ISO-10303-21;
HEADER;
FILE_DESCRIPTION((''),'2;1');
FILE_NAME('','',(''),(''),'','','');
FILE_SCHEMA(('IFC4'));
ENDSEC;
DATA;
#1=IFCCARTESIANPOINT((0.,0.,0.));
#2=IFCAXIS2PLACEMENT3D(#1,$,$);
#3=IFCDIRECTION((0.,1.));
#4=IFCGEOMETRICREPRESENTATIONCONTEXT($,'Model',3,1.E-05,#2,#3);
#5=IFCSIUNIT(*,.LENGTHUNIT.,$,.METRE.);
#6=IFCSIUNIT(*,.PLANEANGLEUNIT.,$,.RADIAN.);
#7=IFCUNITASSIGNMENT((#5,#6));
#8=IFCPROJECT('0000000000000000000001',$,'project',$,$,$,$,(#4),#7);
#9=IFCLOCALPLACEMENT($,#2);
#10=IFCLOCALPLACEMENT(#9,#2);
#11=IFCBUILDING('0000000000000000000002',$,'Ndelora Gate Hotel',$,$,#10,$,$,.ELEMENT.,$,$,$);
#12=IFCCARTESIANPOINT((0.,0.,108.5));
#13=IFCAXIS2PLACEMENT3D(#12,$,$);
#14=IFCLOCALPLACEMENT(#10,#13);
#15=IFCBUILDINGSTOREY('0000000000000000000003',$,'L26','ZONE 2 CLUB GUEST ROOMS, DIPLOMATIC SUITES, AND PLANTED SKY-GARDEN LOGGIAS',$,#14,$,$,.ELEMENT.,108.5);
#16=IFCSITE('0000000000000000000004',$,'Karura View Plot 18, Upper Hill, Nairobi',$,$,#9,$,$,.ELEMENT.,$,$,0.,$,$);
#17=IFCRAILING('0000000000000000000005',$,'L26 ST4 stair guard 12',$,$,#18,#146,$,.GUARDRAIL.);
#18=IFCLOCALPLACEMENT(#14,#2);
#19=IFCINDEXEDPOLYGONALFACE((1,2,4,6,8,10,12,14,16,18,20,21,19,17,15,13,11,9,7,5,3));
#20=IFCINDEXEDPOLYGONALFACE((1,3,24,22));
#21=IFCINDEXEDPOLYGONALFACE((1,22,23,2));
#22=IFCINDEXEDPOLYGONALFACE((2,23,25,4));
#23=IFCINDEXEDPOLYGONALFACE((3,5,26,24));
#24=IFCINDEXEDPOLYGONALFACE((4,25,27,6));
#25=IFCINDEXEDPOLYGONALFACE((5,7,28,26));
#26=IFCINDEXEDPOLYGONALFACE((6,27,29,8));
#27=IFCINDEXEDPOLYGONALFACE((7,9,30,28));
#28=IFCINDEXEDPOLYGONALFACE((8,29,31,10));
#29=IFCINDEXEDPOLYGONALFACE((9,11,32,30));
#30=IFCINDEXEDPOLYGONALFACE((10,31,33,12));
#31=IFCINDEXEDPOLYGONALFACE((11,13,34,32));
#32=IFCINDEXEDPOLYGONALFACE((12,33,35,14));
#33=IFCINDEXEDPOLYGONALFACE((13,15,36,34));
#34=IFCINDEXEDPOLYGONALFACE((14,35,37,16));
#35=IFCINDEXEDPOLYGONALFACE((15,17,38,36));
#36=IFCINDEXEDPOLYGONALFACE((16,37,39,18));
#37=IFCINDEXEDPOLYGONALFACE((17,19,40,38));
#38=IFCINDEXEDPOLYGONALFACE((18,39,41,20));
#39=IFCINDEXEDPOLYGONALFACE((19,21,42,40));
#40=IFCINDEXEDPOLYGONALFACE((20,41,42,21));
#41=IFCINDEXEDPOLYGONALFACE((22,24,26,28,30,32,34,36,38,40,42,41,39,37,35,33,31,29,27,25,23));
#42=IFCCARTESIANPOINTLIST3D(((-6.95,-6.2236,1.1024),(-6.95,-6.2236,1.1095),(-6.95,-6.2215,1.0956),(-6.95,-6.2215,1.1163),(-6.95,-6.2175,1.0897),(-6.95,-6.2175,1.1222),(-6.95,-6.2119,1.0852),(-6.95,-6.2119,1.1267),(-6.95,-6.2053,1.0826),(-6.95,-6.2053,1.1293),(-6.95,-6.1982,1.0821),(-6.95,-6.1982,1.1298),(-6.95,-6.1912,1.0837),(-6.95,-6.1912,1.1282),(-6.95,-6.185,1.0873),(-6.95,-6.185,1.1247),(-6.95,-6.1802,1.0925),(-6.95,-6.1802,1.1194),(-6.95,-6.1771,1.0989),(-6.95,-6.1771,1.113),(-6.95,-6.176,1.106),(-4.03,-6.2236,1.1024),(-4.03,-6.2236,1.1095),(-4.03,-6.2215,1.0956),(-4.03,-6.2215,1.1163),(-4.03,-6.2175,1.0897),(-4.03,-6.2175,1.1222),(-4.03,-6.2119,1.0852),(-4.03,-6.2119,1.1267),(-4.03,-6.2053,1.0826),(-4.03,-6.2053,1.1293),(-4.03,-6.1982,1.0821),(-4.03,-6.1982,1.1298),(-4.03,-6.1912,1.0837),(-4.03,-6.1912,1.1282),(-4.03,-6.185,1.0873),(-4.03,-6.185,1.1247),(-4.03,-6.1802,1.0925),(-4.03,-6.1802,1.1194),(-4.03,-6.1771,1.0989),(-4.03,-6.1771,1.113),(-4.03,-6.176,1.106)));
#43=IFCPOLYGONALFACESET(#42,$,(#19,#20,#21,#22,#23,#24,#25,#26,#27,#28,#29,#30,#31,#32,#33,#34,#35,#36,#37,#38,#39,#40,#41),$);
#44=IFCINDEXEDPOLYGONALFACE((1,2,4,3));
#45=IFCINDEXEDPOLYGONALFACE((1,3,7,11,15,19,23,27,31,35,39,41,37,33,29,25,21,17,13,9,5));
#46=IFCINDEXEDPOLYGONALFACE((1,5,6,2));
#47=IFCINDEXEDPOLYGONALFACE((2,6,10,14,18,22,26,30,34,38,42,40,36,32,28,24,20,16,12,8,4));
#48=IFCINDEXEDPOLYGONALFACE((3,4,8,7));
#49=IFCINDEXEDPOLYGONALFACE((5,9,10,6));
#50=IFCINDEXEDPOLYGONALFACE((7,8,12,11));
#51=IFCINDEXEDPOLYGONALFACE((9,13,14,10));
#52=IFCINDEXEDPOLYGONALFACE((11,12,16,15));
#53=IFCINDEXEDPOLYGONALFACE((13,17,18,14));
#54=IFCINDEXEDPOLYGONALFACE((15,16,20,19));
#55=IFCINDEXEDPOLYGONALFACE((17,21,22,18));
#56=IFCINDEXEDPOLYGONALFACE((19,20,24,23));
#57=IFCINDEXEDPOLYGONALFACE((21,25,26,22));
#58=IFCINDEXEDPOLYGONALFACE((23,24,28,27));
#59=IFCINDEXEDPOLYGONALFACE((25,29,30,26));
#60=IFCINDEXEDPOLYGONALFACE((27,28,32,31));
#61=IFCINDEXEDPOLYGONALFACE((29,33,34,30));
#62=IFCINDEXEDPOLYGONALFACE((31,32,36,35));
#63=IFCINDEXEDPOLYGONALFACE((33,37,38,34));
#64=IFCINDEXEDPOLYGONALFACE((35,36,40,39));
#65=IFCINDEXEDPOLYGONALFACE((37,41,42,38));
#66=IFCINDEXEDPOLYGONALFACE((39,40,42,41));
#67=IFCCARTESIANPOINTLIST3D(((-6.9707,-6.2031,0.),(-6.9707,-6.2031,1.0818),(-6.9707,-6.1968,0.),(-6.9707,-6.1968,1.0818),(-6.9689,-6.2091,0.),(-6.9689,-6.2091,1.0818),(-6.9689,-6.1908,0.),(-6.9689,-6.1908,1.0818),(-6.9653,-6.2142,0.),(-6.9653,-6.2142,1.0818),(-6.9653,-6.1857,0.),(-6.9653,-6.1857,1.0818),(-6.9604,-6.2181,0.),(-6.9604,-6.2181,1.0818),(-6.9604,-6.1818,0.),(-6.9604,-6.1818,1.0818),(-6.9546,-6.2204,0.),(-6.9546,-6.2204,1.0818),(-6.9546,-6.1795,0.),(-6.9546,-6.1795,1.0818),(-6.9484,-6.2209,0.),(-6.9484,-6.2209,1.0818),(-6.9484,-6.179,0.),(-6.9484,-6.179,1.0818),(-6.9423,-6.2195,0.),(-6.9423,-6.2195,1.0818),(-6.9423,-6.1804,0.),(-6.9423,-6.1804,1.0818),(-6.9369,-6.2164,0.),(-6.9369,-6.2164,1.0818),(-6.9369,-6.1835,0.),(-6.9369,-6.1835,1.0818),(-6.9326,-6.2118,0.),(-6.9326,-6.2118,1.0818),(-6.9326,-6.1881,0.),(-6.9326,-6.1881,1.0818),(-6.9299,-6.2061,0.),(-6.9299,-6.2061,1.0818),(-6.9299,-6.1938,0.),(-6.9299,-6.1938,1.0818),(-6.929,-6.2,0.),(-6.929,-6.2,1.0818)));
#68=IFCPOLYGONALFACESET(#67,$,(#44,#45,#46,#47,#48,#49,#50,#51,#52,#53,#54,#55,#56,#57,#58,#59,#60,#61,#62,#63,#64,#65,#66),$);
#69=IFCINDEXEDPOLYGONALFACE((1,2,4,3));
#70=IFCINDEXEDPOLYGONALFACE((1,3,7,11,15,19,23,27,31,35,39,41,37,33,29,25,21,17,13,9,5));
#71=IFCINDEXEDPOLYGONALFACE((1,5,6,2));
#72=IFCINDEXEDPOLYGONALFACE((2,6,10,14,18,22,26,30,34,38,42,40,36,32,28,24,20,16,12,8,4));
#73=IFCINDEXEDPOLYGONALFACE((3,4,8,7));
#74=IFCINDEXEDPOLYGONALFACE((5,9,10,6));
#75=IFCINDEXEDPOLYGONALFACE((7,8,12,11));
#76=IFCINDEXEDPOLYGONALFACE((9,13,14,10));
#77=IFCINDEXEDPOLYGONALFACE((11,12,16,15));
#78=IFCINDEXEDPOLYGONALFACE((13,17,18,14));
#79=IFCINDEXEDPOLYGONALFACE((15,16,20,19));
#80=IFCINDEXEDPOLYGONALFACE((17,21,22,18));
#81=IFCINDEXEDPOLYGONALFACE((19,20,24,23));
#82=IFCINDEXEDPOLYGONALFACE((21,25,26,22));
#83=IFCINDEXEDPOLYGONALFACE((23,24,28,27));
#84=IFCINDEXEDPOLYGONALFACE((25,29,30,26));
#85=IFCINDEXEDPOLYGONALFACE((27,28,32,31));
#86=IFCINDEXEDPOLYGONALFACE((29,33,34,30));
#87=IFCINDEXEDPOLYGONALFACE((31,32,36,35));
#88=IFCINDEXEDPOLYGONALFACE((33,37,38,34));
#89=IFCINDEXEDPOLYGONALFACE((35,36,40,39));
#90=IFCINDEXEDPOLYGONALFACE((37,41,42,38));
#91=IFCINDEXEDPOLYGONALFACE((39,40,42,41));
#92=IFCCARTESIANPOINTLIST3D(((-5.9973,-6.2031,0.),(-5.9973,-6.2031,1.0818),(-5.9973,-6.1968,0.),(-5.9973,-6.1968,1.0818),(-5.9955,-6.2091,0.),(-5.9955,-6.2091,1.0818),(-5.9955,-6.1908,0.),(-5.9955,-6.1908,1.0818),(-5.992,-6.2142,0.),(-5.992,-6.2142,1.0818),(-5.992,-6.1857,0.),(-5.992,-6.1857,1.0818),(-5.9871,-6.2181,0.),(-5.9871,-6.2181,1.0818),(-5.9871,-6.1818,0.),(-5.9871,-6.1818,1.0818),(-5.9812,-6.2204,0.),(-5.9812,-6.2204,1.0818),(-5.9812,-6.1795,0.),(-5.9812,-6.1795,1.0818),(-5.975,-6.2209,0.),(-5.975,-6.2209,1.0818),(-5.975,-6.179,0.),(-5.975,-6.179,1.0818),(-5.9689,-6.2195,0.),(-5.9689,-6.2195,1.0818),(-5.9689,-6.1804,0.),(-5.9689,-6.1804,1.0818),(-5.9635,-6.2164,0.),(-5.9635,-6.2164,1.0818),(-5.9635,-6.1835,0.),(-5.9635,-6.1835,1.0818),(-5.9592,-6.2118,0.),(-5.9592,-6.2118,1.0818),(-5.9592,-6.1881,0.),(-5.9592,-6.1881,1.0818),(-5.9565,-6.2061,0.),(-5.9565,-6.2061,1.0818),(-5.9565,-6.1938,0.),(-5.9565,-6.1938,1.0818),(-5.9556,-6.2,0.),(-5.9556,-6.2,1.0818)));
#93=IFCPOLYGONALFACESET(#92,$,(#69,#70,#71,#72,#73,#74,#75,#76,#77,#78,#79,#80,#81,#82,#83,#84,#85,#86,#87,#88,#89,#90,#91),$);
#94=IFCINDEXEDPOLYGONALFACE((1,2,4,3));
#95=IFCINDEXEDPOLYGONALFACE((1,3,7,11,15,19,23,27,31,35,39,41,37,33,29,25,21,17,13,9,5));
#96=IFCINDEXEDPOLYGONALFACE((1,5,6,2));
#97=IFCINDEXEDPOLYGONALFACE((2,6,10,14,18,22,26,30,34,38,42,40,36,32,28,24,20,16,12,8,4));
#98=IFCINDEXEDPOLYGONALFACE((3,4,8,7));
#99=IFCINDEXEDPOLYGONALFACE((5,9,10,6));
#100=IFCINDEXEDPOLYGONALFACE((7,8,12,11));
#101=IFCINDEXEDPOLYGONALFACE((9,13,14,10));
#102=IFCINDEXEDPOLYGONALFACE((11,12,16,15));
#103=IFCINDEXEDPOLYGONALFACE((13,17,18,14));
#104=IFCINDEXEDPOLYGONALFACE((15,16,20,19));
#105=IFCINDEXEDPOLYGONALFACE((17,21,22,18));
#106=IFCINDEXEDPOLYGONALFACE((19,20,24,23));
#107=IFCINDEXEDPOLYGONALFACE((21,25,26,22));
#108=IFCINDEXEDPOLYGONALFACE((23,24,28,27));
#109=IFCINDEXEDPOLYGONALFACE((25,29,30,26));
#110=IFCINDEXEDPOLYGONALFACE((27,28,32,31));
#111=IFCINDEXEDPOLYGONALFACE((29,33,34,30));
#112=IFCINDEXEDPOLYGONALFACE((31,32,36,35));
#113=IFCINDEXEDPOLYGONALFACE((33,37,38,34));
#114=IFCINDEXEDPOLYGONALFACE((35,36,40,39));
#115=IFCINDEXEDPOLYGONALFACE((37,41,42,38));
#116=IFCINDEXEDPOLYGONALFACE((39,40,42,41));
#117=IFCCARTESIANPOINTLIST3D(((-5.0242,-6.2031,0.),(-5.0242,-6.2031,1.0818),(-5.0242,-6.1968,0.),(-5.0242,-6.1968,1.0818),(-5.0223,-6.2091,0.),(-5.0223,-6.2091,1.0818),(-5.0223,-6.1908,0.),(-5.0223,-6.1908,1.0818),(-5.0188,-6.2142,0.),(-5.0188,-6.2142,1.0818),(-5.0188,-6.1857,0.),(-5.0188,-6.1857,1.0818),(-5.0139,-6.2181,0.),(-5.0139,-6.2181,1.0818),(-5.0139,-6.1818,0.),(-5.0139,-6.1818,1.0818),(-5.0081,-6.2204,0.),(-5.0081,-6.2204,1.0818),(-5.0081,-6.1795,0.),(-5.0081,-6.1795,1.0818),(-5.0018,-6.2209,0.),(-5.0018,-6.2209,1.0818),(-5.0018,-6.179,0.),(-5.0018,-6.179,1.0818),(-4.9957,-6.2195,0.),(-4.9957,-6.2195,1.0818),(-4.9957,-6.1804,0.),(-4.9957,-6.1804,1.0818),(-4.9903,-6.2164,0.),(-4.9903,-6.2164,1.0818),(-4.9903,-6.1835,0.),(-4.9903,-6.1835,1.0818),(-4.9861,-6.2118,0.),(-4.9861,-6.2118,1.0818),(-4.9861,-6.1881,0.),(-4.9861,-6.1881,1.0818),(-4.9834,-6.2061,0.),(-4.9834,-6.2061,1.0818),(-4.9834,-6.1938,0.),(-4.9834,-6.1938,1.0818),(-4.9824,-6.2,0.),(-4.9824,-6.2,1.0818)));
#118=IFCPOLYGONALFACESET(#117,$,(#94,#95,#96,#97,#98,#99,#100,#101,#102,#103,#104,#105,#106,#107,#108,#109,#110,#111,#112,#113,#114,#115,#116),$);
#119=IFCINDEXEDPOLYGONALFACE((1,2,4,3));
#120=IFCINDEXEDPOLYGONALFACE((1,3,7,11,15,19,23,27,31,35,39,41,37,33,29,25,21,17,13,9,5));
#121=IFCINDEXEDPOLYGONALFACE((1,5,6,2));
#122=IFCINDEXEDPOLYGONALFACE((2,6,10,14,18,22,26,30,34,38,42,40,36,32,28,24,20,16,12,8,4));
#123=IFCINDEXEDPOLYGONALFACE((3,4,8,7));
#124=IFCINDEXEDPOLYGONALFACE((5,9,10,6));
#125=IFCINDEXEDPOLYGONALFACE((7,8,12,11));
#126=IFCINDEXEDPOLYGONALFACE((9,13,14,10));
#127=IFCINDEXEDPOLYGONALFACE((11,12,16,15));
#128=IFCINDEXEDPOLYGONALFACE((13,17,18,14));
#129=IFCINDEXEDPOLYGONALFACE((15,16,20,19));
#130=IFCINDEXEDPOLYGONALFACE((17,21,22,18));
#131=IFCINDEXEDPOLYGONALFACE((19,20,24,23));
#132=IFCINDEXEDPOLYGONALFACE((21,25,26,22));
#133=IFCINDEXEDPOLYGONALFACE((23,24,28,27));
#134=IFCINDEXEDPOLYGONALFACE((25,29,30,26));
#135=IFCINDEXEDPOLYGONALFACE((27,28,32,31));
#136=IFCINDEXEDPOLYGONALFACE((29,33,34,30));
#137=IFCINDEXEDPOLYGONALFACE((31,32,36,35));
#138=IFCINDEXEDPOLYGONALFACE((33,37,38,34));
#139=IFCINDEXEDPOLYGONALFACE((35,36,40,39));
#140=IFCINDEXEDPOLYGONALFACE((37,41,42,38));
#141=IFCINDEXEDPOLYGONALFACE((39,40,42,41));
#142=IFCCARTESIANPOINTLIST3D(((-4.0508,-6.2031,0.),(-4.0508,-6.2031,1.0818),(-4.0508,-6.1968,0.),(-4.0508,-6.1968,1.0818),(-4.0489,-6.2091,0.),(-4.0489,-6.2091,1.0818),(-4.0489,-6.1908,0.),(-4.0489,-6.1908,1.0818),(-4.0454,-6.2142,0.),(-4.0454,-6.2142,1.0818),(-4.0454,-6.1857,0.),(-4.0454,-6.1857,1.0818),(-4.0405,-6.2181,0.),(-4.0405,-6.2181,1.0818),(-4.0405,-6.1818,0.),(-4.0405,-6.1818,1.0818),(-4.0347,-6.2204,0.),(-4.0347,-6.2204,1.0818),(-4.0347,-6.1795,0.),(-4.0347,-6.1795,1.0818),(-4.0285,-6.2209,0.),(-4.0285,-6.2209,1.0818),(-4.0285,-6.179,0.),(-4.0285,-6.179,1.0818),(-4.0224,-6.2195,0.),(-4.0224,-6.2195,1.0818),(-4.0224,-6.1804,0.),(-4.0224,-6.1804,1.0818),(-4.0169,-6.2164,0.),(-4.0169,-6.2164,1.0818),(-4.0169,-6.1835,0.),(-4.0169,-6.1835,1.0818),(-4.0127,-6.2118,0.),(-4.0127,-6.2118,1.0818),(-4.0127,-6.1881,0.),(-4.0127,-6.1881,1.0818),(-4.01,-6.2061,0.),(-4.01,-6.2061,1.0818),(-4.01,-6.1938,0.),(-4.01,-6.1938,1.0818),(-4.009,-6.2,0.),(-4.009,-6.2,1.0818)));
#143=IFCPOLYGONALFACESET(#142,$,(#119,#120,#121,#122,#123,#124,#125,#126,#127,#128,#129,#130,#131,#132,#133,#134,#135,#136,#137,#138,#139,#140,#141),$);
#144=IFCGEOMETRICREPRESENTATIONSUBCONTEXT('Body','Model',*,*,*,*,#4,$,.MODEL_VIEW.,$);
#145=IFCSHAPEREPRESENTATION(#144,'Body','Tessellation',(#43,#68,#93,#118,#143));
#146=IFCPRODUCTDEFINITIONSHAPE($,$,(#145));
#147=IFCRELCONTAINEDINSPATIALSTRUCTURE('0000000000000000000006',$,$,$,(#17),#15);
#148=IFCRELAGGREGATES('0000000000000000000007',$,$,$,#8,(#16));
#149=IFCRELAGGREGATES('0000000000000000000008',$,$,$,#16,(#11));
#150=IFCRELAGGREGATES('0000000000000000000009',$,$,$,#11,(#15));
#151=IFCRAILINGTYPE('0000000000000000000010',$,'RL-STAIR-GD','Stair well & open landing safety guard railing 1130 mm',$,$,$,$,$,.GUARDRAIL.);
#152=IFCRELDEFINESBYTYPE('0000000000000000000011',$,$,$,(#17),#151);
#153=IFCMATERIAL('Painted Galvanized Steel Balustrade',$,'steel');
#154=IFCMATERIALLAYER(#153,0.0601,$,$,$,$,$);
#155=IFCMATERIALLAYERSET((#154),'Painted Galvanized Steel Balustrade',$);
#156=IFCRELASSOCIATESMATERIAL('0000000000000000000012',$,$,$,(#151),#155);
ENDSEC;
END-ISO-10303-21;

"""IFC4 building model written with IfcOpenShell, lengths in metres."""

from ifc_helpers import new_model, si_unit, direction, frame, origin, origin_2d, place, context, subcontext, project, spatial, circle, extrude, material, layer, layer_set, type_object, element, save


model = new_model("IFC4")

# Units and contexts
model_context = context("Model", 3, precision=1e-05, world=origin(), true_north=direction((0.0, 1.0)))
body_context = subcontext(model_context, "Body", "Model", "MODEL_VIEW")
ifc_project = project(units=[si_unit("LENGTHUNIT", "METRE"), si_unit("PLANEANGLEUNIT", "RADIAN")], contexts=[model_context])

# Site, building, storey
site_placement = place(None, origin())
site = spatial("IfcSite", under=ifc_project, at=site_placement, Name="Karura View Plot 18, Upper Hill, Nairobi", CompositionType="ELEMENT", RefElevation=0.0)
building_placement = place(site_placement, origin())
building = spatial("IfcBuilding", under=site, at=building_placement, Name="Ndelora Gate Hotel", CompositionType="ELEMENT")
storey_placement = place(building_placement, frame((0.0, 0.0, 108.5)))
storey = spatial("IfcBuildingStorey", under=building, at=storey_placement, Name="L26", Description="ZONE 2 CLUB GUEST ROOMS, DIPLOMATIC SUITES, AND PLANTED SKY-GARDEN LOGGIAS", CompositionType="ELEMENT", Elevation=108.5)

# Railing
ifc_material_1 = material(Name="Painted Galvanized Steel Balustrade", Category="steel")
ifc_layer_1 = layer(ifc_material_1, 0.0601)
ifc_layer_set_1 = layer_set([ifc_layer_1], Name="Painted Galvanized Steel Balustrade")
railing_type = type_object("IfcRailingType", Name="RL-STAIR-GD", Description="Stair well & open landing safety guard railing 1130 mm", PredefinedType="GUARDRAIL", material=ifc_layer_set_1)
railing_1_placement = place(storey_placement, frame((-6.95, -6.2, 0.0)))
element("IfcRailing", 1, at=railing_1_placement, inside=storey, type_object=railing_type, Name="L26 ST4 stair guard 12", PredefinedType="GUARDRAIL", context=body_context, shape_type="SweptSolid", body=[
    extrude(circle(Radius=0.0239, at=origin_2d()), frame((0.0, 0.0, 1.106), z_axis=(1.0, 0.0, 0.0), x_axis=(0.0, 1.0, 0.0)), (0.0, 0.0, 1.0), 2.9199),
    extrude(circle(Radius=0.021, at=origin_2d()), origin(), (0.0, 0.0, 1.0), 1.0818),
    extrude(circle(Radius=0.021, at=origin_2d()), frame((0.9734, 0.0, 0.0)), (0.0, 0.0, 1.0), 1.0818),
    extrude(circle(Radius=0.021, at=origin_2d()), frame((1.9465, 0.0, 0.0)), (0.0, 0.0, 1.0), 1.0818),
    extrude(circle(Radius=0.021, at=origin_2d()), frame((2.9199, 0.0, 0.0)), (0.0, 0.0, 1.0), 1.0818),
])

save(model, "model.ifc")
